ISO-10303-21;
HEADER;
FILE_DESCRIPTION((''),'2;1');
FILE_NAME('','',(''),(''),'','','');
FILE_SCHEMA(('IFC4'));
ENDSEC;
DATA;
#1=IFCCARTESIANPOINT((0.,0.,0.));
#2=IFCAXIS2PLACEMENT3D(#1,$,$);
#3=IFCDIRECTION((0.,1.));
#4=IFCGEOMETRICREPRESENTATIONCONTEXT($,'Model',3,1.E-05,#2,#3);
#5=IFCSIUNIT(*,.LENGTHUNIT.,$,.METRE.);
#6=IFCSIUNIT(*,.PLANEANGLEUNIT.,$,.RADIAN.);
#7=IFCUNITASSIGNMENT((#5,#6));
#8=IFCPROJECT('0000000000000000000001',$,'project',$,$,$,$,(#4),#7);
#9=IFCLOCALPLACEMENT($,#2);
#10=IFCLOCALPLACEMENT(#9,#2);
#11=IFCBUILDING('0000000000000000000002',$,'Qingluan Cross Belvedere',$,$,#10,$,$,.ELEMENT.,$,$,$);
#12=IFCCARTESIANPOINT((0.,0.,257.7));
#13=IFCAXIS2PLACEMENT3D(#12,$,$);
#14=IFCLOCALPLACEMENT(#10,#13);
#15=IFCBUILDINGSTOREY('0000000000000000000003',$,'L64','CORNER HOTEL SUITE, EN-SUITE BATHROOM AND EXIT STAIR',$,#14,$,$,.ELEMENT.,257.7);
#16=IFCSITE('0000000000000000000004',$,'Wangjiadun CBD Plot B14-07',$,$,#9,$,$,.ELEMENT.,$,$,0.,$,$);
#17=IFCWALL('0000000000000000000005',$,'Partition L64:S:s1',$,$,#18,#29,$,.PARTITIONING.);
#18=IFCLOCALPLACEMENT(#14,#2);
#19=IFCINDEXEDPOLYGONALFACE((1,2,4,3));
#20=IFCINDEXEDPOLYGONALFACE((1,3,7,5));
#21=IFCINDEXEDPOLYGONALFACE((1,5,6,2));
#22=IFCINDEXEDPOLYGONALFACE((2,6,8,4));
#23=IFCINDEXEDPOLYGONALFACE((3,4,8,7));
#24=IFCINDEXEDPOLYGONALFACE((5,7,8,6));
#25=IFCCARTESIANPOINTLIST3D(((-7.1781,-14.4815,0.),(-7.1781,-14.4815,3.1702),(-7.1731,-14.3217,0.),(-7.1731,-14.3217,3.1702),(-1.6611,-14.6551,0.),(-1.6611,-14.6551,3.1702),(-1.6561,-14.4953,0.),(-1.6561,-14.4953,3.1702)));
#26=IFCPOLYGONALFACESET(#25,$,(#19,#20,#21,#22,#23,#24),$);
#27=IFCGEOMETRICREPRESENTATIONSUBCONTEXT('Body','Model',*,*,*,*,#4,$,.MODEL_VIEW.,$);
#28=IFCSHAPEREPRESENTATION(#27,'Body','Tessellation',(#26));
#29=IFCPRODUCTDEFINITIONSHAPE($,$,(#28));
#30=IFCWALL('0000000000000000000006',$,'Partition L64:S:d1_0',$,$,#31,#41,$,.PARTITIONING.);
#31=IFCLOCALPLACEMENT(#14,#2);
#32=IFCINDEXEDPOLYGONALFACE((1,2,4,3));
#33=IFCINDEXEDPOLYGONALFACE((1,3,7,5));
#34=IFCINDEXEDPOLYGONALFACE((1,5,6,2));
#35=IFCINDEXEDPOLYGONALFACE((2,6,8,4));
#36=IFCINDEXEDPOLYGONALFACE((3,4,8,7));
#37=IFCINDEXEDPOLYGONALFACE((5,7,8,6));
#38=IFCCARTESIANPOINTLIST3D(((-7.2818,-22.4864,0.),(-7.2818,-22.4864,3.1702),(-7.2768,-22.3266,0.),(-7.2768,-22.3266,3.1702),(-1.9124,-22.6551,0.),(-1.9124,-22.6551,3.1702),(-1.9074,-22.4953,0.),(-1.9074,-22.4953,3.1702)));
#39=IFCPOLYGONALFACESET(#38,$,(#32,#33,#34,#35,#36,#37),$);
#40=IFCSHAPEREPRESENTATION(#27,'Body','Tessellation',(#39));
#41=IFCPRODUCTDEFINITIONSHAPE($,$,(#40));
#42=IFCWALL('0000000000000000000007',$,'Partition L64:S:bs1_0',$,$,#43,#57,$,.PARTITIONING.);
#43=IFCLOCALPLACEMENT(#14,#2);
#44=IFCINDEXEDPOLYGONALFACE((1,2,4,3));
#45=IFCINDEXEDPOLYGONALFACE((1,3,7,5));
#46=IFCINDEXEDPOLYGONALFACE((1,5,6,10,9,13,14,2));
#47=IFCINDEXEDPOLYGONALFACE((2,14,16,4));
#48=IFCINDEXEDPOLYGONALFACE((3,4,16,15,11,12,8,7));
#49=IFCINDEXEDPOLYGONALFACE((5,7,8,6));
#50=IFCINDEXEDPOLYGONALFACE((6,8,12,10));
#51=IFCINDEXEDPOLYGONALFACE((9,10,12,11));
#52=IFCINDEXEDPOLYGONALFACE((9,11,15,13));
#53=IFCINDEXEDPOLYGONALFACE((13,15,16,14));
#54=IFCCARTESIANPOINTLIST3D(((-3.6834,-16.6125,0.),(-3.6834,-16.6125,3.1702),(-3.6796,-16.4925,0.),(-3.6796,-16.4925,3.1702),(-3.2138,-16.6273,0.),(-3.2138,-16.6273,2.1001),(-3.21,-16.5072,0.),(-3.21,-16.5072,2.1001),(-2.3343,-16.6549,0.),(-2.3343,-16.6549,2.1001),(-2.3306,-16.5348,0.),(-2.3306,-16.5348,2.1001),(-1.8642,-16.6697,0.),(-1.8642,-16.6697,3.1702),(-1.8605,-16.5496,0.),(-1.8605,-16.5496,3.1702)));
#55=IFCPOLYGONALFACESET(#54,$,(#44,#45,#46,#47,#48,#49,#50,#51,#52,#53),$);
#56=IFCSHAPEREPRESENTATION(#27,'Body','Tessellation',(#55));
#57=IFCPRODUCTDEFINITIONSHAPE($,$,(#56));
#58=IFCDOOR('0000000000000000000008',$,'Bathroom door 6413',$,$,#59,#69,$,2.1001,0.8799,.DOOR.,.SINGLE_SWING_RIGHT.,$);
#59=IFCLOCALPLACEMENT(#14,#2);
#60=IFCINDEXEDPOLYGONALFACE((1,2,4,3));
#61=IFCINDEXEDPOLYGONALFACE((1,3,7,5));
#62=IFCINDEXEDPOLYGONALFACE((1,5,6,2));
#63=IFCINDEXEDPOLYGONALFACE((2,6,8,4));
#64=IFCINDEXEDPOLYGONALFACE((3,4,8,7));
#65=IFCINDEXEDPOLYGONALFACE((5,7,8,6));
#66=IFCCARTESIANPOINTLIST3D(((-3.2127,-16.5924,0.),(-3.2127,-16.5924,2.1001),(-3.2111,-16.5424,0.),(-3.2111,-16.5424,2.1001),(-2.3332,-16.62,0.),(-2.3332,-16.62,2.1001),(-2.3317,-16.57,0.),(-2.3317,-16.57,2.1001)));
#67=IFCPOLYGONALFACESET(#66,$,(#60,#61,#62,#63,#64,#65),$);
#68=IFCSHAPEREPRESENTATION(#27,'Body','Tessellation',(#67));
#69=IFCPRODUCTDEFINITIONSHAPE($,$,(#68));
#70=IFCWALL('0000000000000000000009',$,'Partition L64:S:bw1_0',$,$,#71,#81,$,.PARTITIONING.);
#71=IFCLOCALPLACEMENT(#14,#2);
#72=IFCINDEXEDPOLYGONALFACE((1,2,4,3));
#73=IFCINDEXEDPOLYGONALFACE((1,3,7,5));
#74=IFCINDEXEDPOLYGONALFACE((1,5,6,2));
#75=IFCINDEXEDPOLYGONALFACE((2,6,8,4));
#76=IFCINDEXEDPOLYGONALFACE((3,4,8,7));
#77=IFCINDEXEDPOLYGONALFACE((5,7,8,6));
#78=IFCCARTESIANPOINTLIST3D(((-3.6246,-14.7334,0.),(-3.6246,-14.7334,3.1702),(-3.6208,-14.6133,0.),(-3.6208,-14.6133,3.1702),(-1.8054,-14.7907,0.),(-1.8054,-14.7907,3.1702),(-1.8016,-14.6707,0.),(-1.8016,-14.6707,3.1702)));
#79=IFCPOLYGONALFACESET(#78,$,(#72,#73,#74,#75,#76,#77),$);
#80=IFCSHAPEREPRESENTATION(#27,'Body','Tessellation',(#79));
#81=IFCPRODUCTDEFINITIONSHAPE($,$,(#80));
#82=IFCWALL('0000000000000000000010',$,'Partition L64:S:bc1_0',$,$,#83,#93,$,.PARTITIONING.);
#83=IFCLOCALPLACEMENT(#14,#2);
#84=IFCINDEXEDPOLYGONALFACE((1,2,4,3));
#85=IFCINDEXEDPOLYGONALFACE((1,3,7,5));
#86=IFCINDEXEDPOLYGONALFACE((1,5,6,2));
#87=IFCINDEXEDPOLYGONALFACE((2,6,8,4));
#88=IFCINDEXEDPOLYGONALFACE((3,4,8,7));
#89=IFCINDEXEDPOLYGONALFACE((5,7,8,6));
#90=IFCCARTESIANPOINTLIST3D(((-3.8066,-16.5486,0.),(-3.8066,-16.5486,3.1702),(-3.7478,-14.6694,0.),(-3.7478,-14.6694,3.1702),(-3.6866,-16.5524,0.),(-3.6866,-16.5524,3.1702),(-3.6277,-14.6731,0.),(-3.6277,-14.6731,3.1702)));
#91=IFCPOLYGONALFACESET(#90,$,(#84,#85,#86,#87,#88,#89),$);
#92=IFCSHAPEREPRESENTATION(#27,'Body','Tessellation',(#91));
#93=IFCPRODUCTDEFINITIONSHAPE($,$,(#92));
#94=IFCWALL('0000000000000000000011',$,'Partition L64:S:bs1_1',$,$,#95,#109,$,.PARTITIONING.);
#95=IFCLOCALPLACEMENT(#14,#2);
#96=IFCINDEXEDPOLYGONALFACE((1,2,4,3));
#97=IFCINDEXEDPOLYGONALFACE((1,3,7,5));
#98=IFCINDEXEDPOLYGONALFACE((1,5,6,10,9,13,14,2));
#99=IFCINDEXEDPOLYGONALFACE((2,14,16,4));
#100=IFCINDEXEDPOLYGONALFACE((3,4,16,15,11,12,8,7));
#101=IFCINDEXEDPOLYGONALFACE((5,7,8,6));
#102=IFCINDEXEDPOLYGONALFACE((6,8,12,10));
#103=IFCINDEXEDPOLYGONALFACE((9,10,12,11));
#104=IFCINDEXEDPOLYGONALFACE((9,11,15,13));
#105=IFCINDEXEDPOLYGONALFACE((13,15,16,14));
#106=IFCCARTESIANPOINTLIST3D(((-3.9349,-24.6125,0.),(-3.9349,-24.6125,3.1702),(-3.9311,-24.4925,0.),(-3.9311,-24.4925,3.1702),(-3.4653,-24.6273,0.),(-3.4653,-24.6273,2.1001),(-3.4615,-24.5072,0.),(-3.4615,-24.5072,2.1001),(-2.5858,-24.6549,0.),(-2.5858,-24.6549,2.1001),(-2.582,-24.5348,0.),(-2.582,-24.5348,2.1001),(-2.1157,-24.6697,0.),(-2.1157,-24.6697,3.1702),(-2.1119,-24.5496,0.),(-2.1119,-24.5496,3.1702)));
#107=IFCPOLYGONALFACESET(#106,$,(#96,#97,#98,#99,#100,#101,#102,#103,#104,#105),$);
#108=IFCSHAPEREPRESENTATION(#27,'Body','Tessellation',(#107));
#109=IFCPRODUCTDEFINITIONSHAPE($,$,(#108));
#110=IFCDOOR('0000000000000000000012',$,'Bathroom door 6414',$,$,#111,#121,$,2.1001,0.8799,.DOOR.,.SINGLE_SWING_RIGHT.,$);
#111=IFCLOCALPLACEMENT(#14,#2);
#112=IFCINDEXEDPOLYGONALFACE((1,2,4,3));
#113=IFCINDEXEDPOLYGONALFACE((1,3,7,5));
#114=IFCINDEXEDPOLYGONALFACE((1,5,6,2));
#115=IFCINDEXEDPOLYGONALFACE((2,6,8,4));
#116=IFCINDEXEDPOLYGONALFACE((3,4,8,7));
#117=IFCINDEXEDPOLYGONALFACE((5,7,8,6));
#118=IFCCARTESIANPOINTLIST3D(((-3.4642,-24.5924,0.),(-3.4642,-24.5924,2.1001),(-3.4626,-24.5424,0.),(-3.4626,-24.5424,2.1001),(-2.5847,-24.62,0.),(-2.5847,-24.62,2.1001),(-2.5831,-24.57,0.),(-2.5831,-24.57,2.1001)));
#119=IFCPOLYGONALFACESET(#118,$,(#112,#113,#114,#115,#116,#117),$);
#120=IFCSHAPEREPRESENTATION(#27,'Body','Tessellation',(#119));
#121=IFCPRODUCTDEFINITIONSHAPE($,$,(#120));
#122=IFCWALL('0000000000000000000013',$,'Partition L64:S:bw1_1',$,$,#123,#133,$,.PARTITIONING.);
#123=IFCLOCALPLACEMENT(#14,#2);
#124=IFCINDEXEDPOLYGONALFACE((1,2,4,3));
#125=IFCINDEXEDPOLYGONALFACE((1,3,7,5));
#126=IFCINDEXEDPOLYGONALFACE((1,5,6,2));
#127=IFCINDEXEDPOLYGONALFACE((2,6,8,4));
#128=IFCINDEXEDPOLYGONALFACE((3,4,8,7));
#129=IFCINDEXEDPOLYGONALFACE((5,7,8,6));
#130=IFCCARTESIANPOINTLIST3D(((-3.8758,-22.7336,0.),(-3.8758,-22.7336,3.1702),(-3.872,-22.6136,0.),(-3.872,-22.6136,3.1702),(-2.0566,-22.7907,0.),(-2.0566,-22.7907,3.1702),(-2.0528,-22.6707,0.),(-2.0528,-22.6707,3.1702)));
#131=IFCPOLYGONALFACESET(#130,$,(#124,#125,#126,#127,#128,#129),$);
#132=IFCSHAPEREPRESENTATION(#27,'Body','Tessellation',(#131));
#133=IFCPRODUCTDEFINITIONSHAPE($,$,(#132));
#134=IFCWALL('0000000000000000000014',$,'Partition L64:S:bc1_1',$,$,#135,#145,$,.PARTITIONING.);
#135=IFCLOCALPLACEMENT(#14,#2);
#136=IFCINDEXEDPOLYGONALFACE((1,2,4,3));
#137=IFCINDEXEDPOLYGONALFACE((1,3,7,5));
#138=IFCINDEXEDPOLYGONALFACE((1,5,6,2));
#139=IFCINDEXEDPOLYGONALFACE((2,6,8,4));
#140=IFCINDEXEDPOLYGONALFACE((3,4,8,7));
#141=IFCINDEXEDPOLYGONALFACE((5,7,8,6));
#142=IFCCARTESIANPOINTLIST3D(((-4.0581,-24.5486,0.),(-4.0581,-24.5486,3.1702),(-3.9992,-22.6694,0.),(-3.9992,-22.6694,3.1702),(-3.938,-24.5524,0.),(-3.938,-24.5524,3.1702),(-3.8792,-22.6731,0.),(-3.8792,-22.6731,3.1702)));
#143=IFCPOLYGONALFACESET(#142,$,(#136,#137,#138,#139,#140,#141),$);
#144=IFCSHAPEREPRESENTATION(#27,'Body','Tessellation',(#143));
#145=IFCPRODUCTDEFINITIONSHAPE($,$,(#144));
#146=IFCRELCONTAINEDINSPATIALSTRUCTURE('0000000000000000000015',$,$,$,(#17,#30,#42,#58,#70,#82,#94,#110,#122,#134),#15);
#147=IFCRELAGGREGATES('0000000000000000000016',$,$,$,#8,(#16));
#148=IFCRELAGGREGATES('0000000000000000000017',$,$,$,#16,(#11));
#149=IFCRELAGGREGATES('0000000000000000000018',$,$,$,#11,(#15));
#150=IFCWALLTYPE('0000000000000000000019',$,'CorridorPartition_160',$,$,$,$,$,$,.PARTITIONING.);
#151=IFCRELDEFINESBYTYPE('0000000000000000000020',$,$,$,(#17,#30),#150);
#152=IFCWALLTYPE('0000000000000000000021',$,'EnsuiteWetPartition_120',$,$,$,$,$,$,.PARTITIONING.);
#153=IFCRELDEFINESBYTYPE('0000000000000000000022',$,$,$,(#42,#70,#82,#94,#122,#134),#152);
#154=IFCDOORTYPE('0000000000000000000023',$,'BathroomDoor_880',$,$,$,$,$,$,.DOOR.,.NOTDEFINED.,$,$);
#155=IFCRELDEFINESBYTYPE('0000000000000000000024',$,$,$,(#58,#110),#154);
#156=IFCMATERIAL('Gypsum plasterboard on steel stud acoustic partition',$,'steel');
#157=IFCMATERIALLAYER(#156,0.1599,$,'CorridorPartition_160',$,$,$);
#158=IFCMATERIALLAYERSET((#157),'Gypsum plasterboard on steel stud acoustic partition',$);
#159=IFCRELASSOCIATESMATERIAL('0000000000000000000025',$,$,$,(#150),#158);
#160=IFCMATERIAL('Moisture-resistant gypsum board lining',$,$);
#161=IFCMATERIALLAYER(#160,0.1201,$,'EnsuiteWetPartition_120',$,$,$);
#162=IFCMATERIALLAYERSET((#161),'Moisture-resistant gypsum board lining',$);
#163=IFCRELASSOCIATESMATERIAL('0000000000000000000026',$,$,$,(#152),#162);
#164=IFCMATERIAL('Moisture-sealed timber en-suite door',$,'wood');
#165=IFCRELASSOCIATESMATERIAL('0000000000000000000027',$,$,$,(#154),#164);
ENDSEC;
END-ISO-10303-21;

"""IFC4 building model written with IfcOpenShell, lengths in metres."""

from ifc_helpers import new_model, si_unit, direction, frame, frame_2d, origin, place, context, subcontext, project, spatial, rectangle, extrude, material, layer, layer_set, type_object, element, fill, save


model = new_model("IFC4")

# Units and contexts
model_context = context("Model", 3, precision=1e-05, world=origin(), true_north=direction((0.0, 1.0)))
body_context = subcontext(model_context, "Body", "Model", "MODEL_VIEW")
ifc_project = project(units=[si_unit("LENGTHUNIT", "METRE"), si_unit("PLANEANGLEUNIT", "RADIAN")], contexts=[model_context])

# Site, building, storey
site_placement = place(None, origin())
site = spatial("IfcSite", under=ifc_project, at=site_placement, Name="Wangjiadun CBD Plot B14-07", CompositionType="ELEMENT", RefElevation=0.0)
building_placement = place(site_placement, origin())
building = spatial("IfcBuilding", under=site, at=building_placement, Name="Qingluan Cross Belvedere", CompositionType="ELEMENT")
storey_placement = place(building_placement, frame((0.0, 0.0, 257.7)))
storey = spatial("IfcBuildingStorey", under=building, at=storey_placement, Name="L64", Description="CORNER HOTEL SUITE, EN-SUITE BATHROOM AND EXIT STAIR", CompositionType="ELEMENT", Elevation=257.7)

# Shared definitions
ifc_material_1 = material(Name="Gypsum plasterboard on steel stud acoustic partition", Category="steel")
ifc_layer_1 = layer(ifc_material_1, 0.1599, Name="CorridorPartition_160")
ifc_layer_set_1 = layer_set([ifc_layer_1], Name="Gypsum plasterboard on steel stud acoustic partition")
wall_type_1 = type_object("IfcWallType", Name="CorridorPartition_160", PredefinedType="PARTITIONING", material=ifc_layer_set_1)

# Walls
wall_1_placement = place(storey_placement, frame((-1.6587, -14.5752, 0.0), z_axis=(0.0, 0.0, 1.0), x_axis=(-0.999505, 0.031447, 0.0)))
element("IfcWall", 1, at=wall_1_placement, inside=storey, type_object=wall_type_1, Name="Partition L64:S:s1", PredefinedType="PARTITIONING", context=body_context, shape_type="SweptSolid", body=[
    extrude(rectangle(XDim=5.5198, YDim=0.1599, at=frame_2d((2.7598, 0.0))), origin(), (0.0, 0.0, 1.0), 3.1702),
])
wall_2_placement = place(storey_placement, frame((-1.9099, -22.5752, 0.0), z_axis=(0.0, 0.0, 1.0), x_axis=(-0.999507, 0.031404, 0.0)))
element("IfcWall", 2, at=wall_2_placement, inside=storey, type_object=wall_type_1, Name="Partition L64:S:d1_0", PredefinedType="PARTITIONING", context=body_context, shape_type="SweptSolid", body=[
    extrude(rectangle(XDim=5.3721, YDim=0.1599, at=frame_2d((2.686, 0.0))), origin(), (0.0, 0.0, 1.0), 3.1702),
])

# Wall, opening, door
ifc_material_2 = material(Name="Moisture-resistant gypsum board lining")
ifc_layer_2 = layer(ifc_material_2, 0.1201, Name="EnsuiteWetPartition_120")
ifc_layer_set_2 = layer_set([ifc_layer_2], Name="Moisture-resistant gypsum board lining")
wall_type_2 = type_object("IfcWallType", Name="EnsuiteWetPartition_120", PredefinedType="PARTITIONING", material=ifc_layer_set_2)
wall_3_placement = place(storey_placement, frame((-3.6816, -16.5525, 0.0), z_axis=(0.0, 0.0, 1.0), x_axis=(0.999507, -0.03139, 0.0)))
wall_3 = element("IfcWall", 3, at=wall_3_placement, inside=storey, type_object=wall_type_2, Name="Partition L64:S:bs1_0", PredefinedType="PARTITIONING", context=body_context, shape_type="SweptSolid", body=[
    extrude(rectangle(XDim=1.8201, YDim=0.1201, at=frame_2d((0.9102, 0.0))), origin(), (0.0, 0.0, 1.0), 3.1702),
])
opening_1_placement = place(wall_3_placement, frame((0.47, 0.0, 0.0)))
opening_1 = element("IfcOpeningElement", 4, at=opening_1_placement, cuts=wall_3, PredefinedType="OPENING", context=body_context, shape_type="SweptSolid", body=[
    extrude(rectangle(XDim=0.8799, YDim=2.1001, at=frame_2d((0.4399, 1.05))), frame((0.0, 0.0701, 0.0), z_axis=(0.0, -1.0, 0.0), x_axis=(1.0, 0.0, 0.0)), (0.0, 0.0, 1.0), 0.1401),
])
ifc_material_3 = material(Name="Moisture-sealed timber en-suite door", Category="wood")
door_type_1 = type_object("IfcDoorType", Name="BathroomDoor_880", OperationType="NOTDEFINED", PredefinedType="DOOR", material=ifc_material_3)
door_1_placement = place(opening_1_placement, origin())
door_1 = element("IfcDoor", 5, at=door_1_placement, inside=storey, type_object=door_type_1, Name="Bathroom door 6413", OperationType="SINGLE_SWING_RIGHT", OverallHeight=2.1001, OverallWidth=0.8799, PredefinedType="DOOR", context=body_context, shape_type="SweptSolid", body=[
    extrude(rectangle(XDim=0.8799, YDim=2.1001, at=frame_2d((0.4399, 1.05))), frame((0.0, 0.0249, 0.0), z_axis=(0.0, -1.0, 0.0), x_axis=(1.0, 0.0, 0.0)), (0.0, 0.0, 1.0), 0.05),
])
fill(opening_1, door_1)

# Walls
wall_4_placement = place(storey_placement, frame((-3.6228, -14.6733, 0.0), z_axis=(0.0, 0.0, 1.0), x_axis=(0.999503, -0.031524, 0.0)))
element("IfcWall", 6, at=wall_4_placement, inside=storey, type_object=wall_type_2, Name="Partition L64:S:bw1_0", PredefinedType="PARTITIONING", context=body_context, shape_type="SweptSolid", body=[
    extrude(rectangle(XDim=1.8201, YDim=0.1201, at=frame_2d((0.9102, 0.0))), origin(), (0.0, 0.0, 1.0), 3.1702),
])
wall_5_placement = place(storey_placement, frame((-3.6877, -14.6714, 0.0), z_axis=(0.0, 0.0, 1.0), x_axis=(-0.031296, -0.99951, 0.0)))
element("IfcWall", 7, at=wall_5_placement, inside=storey, type_object=wall_type_2, Name="Partition L64:S:bc1_0", PredefinedType="PARTITIONING", context=body_context, shape_type="SweptSolid", body=[
    extrude(rectangle(XDim=1.8801, YDim=0.1201, at=frame_2d((0.9399, 0.0))), origin(), (0.0, 0.0, 1.0), 3.1702),
])

# Wall, opening, door
wall_6_placement = place(storey_placement, frame((-3.9331, -24.5525, 0.0), z_axis=(0.0, 0.0, 1.0), x_axis=(0.999507, -0.03139, 0.0)))
wall_6 = element("IfcWall", 8, at=wall_6_placement, inside=storey, type_object=wall_type_2, Name="Partition L64:S:bs1_1", PredefinedType="PARTITIONING", context=body_context, shape_type="SweptSolid", body=[
    extrude(rectangle(XDim=1.8201, YDim=0.1201, at=frame_2d((0.9102, 0.0))), origin(), (0.0, 0.0, 1.0), 3.1702),
])
opening_2_placement = place(wall_6_placement, frame((0.47, 0.0, 0.0)))
opening_2 = element("IfcOpeningElement", 9, at=opening_2_placement, cuts=wall_6, PredefinedType="OPENING", context=body_context, shape_type="SweptSolid", body=[
    extrude(rectangle(XDim=0.8799, YDim=2.1001, at=frame_2d((0.4399, 1.05))), frame((0.0, 0.0701, 0.0), z_axis=(0.0, -1.0, 0.0), x_axis=(1.0, 0.0, 0.0)), (0.0, 0.0, 1.0), 0.1401),
])
door_2_placement = place(opening_2_placement, origin())
door_2 = element("IfcDoor", 10, at=door_2_placement, inside=storey, type_object=door_type_1, Name="Bathroom door 6414", OperationType="SINGLE_SWING_RIGHT", OverallHeight=2.1001, OverallWidth=0.8799, PredefinedType="DOOR", context=body_context, shape_type="SweptSolid", body=[
    extrude(rectangle(XDim=0.8799, YDim=2.1001, at=frame_2d((0.4399, 1.05))), frame((0.0, 0.0249, 0.0), z_axis=(0.0, -1.0, 0.0), x_axis=(1.0, 0.0, 0.0)), (0.0, 0.0, 1.0), 0.05),
])
fill(opening_2, door_2)

# Walls
wall_7_placement = place(storey_placement, frame((-3.874, -22.6736, 0.0), z_axis=(0.0, 0.0, 1.0), x_axis=(0.999507, -0.03139, 0.0)))
element("IfcWall", 11, at=wall_7_placement, inside=storey, type_object=wall_type_2, Name="Partition L64:S:bw1_1", PredefinedType="PARTITIONING", context=body_context, shape_type="SweptSolid", body=[
    extrude(rectangle(XDim=1.8201, YDim=0.1201, at=frame_2d((0.9102, 0.0))), origin(), (0.0, 0.0, 1.0), 3.1702),
])
wall_8_placement = place(storey_placement, frame((-3.9392, -22.6714, 0.0), z_axis=(0.0, 0.0, 1.0), x_axis=(-0.031296, -0.99951, 0.0)))
element("IfcWall", 12, at=wall_8_placement, inside=storey, type_object=wall_type_2, Name="Partition L64:S:bc1_1", PredefinedType="PARTITIONING", context=body_context, shape_type="SweptSolid", body=[
    extrude(rectangle(XDim=1.8801, YDim=0.1201, at=frame_2d((0.9399, 0.0))), origin(), (0.0, 0.0, 1.0), 3.1702),
])

save(model, "model.ifc")
